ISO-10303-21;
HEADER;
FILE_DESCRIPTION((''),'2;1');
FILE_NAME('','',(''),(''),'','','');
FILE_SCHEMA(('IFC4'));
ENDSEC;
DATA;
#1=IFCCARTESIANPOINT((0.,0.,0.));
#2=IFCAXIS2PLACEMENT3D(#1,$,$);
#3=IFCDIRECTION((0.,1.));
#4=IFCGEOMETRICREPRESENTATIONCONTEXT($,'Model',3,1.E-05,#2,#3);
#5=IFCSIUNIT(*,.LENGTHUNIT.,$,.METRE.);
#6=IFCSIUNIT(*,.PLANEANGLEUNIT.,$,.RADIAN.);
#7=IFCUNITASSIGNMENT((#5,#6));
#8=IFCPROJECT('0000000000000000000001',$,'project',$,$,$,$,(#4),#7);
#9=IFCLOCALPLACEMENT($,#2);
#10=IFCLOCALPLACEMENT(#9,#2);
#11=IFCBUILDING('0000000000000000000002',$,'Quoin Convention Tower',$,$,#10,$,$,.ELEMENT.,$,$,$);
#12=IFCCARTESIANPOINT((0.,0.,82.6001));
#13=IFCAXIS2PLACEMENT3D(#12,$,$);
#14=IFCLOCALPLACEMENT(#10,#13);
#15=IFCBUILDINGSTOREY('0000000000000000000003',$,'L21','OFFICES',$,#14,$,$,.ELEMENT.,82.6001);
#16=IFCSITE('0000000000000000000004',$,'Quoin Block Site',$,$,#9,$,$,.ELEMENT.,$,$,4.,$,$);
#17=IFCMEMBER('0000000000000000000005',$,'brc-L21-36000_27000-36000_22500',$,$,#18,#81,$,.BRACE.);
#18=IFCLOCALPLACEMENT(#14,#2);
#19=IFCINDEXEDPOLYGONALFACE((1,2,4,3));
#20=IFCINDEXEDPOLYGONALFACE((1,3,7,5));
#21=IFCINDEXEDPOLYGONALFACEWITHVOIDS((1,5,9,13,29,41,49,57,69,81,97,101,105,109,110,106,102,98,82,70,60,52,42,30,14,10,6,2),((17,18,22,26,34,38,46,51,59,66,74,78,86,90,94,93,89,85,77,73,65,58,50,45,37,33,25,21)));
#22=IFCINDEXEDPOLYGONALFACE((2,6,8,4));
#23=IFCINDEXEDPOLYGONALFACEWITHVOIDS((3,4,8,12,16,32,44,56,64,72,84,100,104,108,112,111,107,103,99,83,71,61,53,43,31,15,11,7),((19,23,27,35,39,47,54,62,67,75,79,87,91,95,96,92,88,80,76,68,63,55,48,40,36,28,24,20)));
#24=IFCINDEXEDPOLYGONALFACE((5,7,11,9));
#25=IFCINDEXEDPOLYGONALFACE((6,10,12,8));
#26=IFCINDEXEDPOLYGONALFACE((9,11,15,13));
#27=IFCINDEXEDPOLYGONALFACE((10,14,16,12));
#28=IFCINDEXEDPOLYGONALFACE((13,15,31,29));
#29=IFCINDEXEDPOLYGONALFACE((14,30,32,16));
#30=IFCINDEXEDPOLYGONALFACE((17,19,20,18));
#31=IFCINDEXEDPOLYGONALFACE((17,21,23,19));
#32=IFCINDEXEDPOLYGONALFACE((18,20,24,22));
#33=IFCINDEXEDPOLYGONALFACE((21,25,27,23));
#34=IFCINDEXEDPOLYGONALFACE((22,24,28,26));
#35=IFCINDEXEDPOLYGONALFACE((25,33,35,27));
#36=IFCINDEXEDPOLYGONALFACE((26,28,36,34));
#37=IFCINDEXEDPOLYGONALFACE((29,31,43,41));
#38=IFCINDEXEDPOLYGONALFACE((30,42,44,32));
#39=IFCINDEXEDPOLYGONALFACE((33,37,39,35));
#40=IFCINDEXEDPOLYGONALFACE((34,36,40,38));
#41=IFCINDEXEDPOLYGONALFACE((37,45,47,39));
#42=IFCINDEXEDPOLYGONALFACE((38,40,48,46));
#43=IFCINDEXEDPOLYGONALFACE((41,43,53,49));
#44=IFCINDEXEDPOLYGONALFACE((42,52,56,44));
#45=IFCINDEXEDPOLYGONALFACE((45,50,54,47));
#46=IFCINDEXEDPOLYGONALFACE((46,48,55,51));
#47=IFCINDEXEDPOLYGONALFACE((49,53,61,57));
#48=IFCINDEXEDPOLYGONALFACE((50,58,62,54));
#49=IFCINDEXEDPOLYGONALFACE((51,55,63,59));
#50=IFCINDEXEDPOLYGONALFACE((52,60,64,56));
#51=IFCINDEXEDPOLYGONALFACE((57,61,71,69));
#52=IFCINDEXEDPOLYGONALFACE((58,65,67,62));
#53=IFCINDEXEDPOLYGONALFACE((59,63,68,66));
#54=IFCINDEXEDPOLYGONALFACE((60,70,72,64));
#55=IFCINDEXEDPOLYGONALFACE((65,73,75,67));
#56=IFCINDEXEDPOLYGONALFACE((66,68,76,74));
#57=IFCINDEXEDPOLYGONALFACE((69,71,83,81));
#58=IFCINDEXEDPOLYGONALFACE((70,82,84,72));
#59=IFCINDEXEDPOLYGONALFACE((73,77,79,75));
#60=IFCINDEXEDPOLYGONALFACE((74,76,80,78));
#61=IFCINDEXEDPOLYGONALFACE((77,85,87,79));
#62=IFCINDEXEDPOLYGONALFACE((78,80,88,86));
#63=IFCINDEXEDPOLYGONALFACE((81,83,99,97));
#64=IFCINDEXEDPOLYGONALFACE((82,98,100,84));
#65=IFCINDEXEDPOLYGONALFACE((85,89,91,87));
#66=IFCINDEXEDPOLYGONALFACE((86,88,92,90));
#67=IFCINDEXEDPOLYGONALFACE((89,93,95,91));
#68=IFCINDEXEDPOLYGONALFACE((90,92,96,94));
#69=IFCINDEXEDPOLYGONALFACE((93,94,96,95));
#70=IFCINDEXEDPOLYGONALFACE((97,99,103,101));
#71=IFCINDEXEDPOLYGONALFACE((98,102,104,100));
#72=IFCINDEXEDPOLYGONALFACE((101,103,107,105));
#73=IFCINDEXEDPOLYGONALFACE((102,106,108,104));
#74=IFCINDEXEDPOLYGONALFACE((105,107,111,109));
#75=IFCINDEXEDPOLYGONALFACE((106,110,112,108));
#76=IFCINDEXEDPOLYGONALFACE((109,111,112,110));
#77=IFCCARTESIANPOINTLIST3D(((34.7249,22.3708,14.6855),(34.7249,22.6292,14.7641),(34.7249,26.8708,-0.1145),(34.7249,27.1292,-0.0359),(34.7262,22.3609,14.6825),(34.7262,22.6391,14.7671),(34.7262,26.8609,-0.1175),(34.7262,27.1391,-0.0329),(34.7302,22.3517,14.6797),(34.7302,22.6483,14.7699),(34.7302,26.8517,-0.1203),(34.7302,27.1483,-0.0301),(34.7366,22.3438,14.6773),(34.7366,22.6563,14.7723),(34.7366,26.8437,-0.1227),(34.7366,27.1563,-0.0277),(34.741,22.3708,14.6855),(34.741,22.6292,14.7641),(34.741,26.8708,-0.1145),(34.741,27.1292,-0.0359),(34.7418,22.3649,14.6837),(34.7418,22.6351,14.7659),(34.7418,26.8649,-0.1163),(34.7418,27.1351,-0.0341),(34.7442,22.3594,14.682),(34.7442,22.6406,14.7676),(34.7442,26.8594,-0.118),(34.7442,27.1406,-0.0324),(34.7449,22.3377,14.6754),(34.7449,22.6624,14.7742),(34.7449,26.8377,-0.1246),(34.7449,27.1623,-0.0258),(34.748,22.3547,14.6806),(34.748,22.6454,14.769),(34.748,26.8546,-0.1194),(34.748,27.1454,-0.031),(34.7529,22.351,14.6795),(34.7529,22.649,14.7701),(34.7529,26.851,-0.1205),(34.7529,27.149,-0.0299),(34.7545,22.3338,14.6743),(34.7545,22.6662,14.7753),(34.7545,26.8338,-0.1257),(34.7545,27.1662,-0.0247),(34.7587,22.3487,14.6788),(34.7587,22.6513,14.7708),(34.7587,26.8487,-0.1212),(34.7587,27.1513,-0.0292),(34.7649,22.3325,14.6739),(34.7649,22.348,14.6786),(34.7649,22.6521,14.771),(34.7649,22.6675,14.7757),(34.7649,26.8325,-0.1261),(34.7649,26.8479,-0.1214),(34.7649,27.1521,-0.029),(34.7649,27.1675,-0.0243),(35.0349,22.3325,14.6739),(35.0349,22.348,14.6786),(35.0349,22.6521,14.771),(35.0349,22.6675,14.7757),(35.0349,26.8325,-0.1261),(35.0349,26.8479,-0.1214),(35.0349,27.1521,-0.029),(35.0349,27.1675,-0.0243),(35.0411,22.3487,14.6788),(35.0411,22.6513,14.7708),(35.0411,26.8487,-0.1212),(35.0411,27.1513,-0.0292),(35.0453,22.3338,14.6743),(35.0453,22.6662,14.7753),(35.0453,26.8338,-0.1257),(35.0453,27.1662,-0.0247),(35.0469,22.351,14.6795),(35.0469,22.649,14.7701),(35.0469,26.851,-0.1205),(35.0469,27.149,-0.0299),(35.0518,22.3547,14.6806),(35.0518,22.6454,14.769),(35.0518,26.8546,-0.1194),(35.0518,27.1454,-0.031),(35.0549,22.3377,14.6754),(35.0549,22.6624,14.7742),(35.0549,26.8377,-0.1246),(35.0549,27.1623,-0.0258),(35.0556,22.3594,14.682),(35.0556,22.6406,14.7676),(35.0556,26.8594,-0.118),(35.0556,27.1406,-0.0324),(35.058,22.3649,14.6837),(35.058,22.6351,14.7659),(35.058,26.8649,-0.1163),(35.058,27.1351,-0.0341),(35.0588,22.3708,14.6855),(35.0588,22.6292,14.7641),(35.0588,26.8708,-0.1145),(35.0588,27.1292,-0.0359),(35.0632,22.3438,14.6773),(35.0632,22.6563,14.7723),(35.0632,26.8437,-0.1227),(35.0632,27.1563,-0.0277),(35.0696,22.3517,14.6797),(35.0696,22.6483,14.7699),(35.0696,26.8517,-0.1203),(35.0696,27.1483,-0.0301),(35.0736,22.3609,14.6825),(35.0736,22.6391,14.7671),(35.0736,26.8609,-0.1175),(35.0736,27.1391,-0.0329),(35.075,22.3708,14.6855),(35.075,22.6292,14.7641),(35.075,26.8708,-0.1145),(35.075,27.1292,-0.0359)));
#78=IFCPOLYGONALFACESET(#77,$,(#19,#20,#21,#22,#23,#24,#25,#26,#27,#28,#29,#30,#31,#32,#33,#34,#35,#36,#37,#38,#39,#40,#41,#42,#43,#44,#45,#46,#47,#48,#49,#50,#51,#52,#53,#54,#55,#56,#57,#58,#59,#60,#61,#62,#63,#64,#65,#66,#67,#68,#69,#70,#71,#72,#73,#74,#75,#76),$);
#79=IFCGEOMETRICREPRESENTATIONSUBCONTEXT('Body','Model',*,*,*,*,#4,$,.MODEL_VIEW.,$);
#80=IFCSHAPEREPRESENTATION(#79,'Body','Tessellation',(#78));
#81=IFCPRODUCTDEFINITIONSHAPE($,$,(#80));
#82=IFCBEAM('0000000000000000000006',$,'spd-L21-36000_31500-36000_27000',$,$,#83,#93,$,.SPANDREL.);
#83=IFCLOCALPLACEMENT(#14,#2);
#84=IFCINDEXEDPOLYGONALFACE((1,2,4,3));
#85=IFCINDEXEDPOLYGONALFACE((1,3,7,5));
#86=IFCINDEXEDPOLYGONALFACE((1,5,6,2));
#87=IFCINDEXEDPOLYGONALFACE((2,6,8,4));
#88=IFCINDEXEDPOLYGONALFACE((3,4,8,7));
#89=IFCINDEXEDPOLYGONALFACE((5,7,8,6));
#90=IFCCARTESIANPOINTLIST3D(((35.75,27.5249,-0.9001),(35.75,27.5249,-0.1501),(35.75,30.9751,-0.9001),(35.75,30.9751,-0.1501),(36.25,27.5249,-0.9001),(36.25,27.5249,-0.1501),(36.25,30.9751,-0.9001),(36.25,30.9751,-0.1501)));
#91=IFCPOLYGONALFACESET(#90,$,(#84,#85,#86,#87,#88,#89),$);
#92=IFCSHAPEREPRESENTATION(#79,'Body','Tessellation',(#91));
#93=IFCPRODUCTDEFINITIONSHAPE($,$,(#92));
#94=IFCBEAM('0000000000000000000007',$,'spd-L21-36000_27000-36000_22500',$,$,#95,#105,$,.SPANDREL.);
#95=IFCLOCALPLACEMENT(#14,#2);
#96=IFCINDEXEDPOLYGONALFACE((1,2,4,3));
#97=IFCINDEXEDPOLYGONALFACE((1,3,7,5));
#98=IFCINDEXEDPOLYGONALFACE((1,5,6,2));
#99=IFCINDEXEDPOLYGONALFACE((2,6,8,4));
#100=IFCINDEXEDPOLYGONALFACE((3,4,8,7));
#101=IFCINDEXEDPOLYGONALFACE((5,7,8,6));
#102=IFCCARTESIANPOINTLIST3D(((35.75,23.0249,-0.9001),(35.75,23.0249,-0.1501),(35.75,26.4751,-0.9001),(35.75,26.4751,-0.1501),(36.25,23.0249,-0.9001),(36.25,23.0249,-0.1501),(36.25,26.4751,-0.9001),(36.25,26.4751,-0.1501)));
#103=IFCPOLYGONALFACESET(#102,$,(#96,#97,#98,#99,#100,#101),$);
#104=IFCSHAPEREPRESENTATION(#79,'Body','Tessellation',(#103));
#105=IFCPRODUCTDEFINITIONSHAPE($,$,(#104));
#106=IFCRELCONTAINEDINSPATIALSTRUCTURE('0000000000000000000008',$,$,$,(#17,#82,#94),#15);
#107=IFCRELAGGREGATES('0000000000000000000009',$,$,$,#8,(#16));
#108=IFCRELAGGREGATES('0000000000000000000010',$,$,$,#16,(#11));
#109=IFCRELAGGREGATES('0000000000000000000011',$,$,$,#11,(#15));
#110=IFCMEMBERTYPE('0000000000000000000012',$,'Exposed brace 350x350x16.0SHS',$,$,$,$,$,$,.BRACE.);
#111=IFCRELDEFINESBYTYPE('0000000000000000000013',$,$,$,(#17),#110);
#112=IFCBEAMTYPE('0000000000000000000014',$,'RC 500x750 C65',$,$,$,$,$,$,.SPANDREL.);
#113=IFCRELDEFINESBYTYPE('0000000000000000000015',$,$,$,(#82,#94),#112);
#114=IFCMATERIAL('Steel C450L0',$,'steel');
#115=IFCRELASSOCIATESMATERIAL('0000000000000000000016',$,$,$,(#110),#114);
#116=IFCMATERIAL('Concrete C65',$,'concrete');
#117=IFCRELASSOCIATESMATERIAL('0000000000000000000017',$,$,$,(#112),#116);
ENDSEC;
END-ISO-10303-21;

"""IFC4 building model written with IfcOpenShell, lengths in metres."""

from ifc_helpers import new_model, si_unit, direction, frame, origin, origin_2d, place, context, subcontext, project, spatial, rectangle, hollow_rectangle, extrude, material, material_profile, profile_set, type_object, element, save


model = new_model("IFC4")

# Units and contexts
model_context = context("Model", 3, precision=1e-05, world=origin(), true_north=direction((0.0, 1.0)))
body_context = subcontext(model_context, "Body", "Model", "MODEL_VIEW")
ifc_project = project(units=[si_unit("LENGTHUNIT", "METRE"), si_unit("PLANEANGLEUNIT", "RADIAN")], contexts=[model_context])

# Site, building, storey
site_placement = place(None, origin())
site = spatial("IfcSite", under=ifc_project, at=site_placement, Name="Quoin Block Site", CompositionType="ELEMENT", RefElevation=4.0)
building_placement = place(site_placement, origin())
building = spatial("IfcBuilding", under=site, at=building_placement, Name="Quoin Convention Tower", CompositionType="ELEMENT")
storey_placement = place(building_placement, frame((0.0, 0.0, 82.6001)))
storey = spatial("IfcBuildingStorey", under=building, at=storey_placement, Name="L21", Description="OFFICES", CompositionType="ELEMENT", Elevation=82.6001)

# Shared definitions
ifc_material_1 = material(Name="Concrete C65", Category="concrete")

# Shared definitions
ifc_material_2 = material(Name="Steel C450L0", Category="steel")

# Member
ifc_material_profile_1 = material_profile(ifc_material_2, hollow_rectangle(XDim=0.3501, YDim=0.3501, WallThickness=0.0161, InnerFilletRadius=0.0239, OuterFilletRadius=0.04, at=origin_2d()), Name="350x350x16.0SHS")
ifc_profile_set_1 = profile_set([ifc_material_profile_1], Name="Steel C450L0")
member_type = type_object("IfcMemberType", Name="Exposed brace 350x350x16.0SHS", PredefinedType="BRACE", material=ifc_profile_set_1)
for number, where, z_axis, x_axis, name in (
    (1, (34.8999, 27.0, -0.0752), (0.0, -0.290903, 0.956752), (1.0, 0.0, 0.0), "brc-L21-36000_27000-36000_22500"),
):
    element("IfcMember", number, at=place(storey_placement, frame(where, z_axis=z_axis, x_axis=x_axis)), inside=storey, type_object=member_type, Name=name, PredefinedType="BRACE", context=body_context, shape_type="SweptSolid", body=[
        extrude(hollow_rectangle(XDim=0.3501, YDim=0.3501, WallThickness=0.0161, InnerFilletRadius=0.0239, OuterFilletRadius=0.04, at=origin_2d()), origin(), (0.0, 0.0, 1.0), 15.469),
    ])

# Beams
ifc_material_profile_2 = material_profile(ifc_material_1, rectangle(XDim=0.5, YDim=0.75, at=origin_2d()), Name="RC 500x750")
ifc_profile_set_2 = profile_set([ifc_material_profile_2], Name="Concrete C65")
beam_type_1 = type_object("IfcBeamType", Name="RC 500x750 C65", PredefinedType="SPANDREL", material=ifc_profile_set_2)
for number, where, z_axis, x_axis, name in (
    (2, (36.0, 30.9751, -0.5251), (0.0, -1.0, 0.0), (1.0, 0.0, 0.0), "spd-L21-36000_31500-36000_27000"),
    (3, (36.0, 26.4751, -0.5251), (0.0, -1.0, 0.0), (1.0, 0.0, 0.0), "spd-L21-36000_27000-36000_22500"),
):
    element("IfcBeam", number, at=place(storey_placement, frame(where, z_axis=z_axis, x_axis=x_axis)), inside=storey, type_object=beam_type_1, Name=name, PredefinedType="SPANDREL", context=body_context, shape_type="SweptSolid", body=[
        extrude(rectangle(XDim=0.5, YDim=0.75, at=origin_2d()), origin(), (0.0, 0.0, 1.0), 3.4502),
    ])

save(model, "model.ifc")
